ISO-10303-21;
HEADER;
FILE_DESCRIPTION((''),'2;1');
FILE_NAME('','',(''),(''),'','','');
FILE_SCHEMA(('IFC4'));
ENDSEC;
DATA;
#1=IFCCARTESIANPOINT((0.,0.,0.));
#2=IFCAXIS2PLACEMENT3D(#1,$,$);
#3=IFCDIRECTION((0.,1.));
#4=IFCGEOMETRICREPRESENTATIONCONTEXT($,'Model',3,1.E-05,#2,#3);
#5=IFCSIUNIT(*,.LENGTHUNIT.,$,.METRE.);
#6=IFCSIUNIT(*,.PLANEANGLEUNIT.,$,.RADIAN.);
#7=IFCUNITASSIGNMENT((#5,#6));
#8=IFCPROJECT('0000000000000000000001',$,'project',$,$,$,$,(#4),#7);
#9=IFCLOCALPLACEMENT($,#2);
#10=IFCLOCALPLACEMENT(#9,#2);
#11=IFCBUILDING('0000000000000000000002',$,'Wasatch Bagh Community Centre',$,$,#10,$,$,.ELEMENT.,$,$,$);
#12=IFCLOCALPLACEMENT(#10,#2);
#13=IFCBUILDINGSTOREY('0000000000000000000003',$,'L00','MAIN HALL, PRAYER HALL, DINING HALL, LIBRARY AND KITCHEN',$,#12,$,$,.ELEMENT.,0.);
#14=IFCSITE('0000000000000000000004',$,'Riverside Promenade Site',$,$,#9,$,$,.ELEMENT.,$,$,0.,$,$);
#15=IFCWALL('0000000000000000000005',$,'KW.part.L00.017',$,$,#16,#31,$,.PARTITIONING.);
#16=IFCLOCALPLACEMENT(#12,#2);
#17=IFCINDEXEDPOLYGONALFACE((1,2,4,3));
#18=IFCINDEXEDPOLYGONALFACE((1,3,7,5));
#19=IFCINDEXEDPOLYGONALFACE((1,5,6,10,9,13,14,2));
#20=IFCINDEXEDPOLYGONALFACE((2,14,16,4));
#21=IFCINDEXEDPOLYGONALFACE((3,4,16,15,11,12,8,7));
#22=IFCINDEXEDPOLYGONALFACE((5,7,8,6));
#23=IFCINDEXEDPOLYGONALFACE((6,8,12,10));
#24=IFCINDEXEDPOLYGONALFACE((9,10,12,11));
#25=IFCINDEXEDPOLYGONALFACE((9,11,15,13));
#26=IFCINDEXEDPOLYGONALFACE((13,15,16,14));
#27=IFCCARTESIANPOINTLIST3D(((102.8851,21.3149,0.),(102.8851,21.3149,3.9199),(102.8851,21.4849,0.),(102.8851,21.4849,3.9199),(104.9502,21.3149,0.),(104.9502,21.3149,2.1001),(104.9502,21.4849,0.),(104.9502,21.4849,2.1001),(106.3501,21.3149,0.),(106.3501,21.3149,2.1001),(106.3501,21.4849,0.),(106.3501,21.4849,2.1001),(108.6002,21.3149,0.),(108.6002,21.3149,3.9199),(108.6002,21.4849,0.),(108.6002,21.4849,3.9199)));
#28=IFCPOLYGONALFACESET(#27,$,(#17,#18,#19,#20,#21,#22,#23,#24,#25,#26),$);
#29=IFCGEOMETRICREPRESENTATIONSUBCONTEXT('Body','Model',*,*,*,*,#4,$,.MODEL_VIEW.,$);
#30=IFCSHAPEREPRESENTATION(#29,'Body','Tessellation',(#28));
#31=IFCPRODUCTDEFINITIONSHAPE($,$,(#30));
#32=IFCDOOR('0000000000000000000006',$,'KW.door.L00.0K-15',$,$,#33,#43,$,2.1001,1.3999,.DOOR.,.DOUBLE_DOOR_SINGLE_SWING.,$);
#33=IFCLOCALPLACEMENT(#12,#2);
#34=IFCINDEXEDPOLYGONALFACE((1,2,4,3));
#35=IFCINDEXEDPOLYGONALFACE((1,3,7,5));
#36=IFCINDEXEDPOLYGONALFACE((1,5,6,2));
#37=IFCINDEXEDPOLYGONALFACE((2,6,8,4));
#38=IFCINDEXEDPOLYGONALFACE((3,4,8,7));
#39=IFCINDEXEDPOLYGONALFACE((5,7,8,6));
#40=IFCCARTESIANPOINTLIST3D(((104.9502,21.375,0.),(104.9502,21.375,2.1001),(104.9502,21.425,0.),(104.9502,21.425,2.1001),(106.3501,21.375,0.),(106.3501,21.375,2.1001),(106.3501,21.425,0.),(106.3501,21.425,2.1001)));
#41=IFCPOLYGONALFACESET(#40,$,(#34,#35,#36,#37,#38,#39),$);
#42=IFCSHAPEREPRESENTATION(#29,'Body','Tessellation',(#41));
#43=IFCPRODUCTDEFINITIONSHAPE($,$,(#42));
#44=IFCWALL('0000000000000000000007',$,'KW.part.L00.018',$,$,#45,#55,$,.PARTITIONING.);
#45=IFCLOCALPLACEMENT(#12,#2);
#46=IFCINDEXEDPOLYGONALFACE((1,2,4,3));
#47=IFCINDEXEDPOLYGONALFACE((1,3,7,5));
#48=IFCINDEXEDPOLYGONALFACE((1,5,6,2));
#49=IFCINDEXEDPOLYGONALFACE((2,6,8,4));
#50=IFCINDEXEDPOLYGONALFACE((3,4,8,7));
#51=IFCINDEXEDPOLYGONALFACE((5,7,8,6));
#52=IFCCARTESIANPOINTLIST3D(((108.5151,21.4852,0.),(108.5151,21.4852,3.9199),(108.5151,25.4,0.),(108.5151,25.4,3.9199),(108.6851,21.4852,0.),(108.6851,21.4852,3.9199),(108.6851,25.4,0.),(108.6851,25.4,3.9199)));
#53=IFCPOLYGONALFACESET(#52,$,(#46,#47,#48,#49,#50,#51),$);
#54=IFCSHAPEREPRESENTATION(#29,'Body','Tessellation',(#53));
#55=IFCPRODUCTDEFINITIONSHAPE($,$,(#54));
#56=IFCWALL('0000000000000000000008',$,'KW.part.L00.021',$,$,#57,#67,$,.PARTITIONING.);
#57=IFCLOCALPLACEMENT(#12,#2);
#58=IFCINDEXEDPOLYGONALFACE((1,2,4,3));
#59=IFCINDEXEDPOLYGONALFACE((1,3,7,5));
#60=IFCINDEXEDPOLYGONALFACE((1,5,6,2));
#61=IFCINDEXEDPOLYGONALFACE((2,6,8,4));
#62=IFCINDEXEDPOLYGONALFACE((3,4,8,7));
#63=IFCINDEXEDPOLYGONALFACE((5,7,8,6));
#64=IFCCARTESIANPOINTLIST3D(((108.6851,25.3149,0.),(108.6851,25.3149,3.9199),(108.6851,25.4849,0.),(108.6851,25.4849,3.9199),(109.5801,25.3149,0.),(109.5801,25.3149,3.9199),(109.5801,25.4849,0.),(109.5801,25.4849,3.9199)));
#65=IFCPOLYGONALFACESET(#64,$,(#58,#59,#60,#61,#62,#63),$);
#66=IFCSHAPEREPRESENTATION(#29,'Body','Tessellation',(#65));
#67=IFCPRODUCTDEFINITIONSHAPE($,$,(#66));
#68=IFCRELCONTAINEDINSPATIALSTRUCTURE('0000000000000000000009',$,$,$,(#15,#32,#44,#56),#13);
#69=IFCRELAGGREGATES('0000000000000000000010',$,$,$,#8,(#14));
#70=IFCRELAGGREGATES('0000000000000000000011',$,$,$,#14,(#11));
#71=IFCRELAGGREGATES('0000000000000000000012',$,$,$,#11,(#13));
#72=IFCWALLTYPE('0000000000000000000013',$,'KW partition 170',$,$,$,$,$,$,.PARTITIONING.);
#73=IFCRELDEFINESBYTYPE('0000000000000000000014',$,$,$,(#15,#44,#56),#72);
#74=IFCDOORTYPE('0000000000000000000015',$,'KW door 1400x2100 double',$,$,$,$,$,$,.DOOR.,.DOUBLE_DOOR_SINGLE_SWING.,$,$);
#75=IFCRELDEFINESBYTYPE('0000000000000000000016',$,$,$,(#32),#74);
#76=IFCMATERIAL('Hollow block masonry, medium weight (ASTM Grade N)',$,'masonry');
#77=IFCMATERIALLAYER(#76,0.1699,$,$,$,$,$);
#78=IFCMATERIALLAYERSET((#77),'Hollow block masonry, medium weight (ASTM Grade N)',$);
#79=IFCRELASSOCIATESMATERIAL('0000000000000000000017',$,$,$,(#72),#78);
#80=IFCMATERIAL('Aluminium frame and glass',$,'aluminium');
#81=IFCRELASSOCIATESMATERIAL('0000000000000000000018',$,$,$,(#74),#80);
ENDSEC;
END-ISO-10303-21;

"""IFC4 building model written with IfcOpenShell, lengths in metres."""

from ifc_helpers import new_model, si_unit, direction, frame, frame_2d, origin, place, context, subcontext, project, spatial, rectangle, extrude, material, layer, layer_set, type_object, element, fill, save


model = new_model("IFC4")

# Units and contexts
model_context = context("Model", 3, precision=1e-05, world=origin(), true_north=direction((0.0, 1.0)))
body_context = subcontext(model_context, "Body", "Model", "MODEL_VIEW")
ifc_project = project(units=[si_unit("LENGTHUNIT", "METRE"), si_unit("PLANEANGLEUNIT", "RADIAN")], contexts=[model_context])

# Site, building, storey
site_placement = place(None, origin())
site = spatial("IfcSite", under=ifc_project, at=site_placement, Name="Riverside Promenade Site", CompositionType="ELEMENT", RefElevation=0.0)
building_placement = place(site_placement, origin())
building = spatial("IfcBuilding", under=site, at=building_placement, Name="Wasatch Bagh Community Centre", CompositionType="ELEMENT")
storey_placement = place(building_placement, origin())
storey = spatial("IfcBuildingStorey", under=building, at=storey_placement, Name="L00", Description="MAIN HALL, PRAYER HALL, DINING HALL, LIBRARY AND KITCHEN", CompositionType="ELEMENT", Elevation=0.0)

# Shared definitions
ifc_material_1 = material(Name="Hollow block masonry, medium weight (ASTM Grade N)", Category="masonry")
ifc_layer_1 = layer(ifc_material_1, 0.1699)
ifc_layer_set_1 = layer_set([ifc_layer_1], Name="Hollow block masonry, medium weight (ASTM Grade N)")
wall_type_1 = type_object("IfcWallType", Name="KW partition 170", PredefinedType="PARTITIONING", material=ifc_layer_set_1)

# Wall, opening, door
wall_1_placement = place(storey_placement, frame((108.6001, 21.3999, 0.0), z_axis=(0.0, 0.0, 1.0), x_axis=(-1.0, 0.0, 0.0)))
wall_1 = element("IfcWall", 1, at=wall_1_placement, inside=storey, type_object=wall_type_1, Name="KW.part.L00.017", PredefinedType="PARTITIONING", context=body_context, shape_type="SweptSolid", body=[
    extrude(rectangle(XDim=5.7151, YDim=0.1699, at=frame_2d((2.8574, 0.0))), origin(), (0.0, 0.0, 1.0), 3.9199),
])
opening_1_placement = place(wall_1_placement, frame((2.25, 0.0, 0.0)))
opening_1 = element("IfcOpeningElement", 2, at=opening_1_placement, cuts=wall_1, PredefinedType="OPENING", context=body_context, shape_type="SweptSolid", body=[
    extrude(rectangle(XDim=1.3999, YDim=2.1001, at=frame_2d((0.7, 1.05))), frame((0.0, 0.095, 0.0), z_axis=(0.0, -1.0, 0.0), x_axis=(1.0, 0.0, 0.0)), (0.0, 0.0, 1.0), 0.1899),
])
ifc_material_2 = material(Name="Aluminium frame and glass", Category="aluminium")
door_type_1 = type_object("IfcDoorType", Name="KW door 1400x2100 double", OperationType="DOUBLE_DOOR_SINGLE_SWING", PredefinedType="DOOR", material=ifc_material_2)
door_1_placement = place(opening_1_placement, origin())
door_1 = element("IfcDoor", 3, at=door_1_placement, inside=storey, type_object=door_type_1, Name="KW.door.L00.0K-15", OperationType="DOUBLE_DOOR_SINGLE_SWING", OverallHeight=2.1001, OverallWidth=1.3999, PredefinedType="DOOR", context=body_context, shape_type="SweptSolid", body=[
    extrude(rectangle(XDim=1.3999, YDim=2.1001, at=frame_2d((0.7, 1.05))), frame((0.0, 0.0249, 0.0), z_axis=(0.0, -1.0, 0.0), x_axis=(1.0, 0.0, 0.0)), (0.0, 0.0, 1.0), 0.05),
])
fill(opening_1, door_1)

# Walls
wall_2_placement = place(storey_placement, frame((108.6001, 21.4851, 0.0), z_axis=(0.0, 0.0, 1.0), x_axis=(0.0, 1.0, 0.0)))
element("IfcWall", 4, at=wall_2_placement, inside=storey, type_object=wall_type_1, Name="KW.part.L00.018", PredefinedType="PARTITIONING", context=body_context, shape_type="SweptSolid", body=[
    extrude(rectangle(XDim=3.9148, YDim=0.1699, at=frame_2d((1.9575, 0.0))), origin(), (0.0, 0.0, 1.0), 3.9199),
])
wall_3_placement = place(storey_placement, frame((109.5801, 25.3999, 0.0), z_axis=(0.0, 0.0, 1.0), x_axis=(-1.0, 0.0, 0.0)))
element("IfcWall", 5, at=wall_3_placement, inside=storey, type_object=wall_type_1, Name="KW.part.L00.021", PredefinedType="PARTITIONING", context=body_context, shape_type="SweptSolid", body=[
    extrude(rectangle(XDim=0.895, YDim=0.1699, at=frame_2d((0.4475, 0.0))), origin(), (0.0, 0.0, 1.0), 3.9199),
])

save(model, "model.ifc")
